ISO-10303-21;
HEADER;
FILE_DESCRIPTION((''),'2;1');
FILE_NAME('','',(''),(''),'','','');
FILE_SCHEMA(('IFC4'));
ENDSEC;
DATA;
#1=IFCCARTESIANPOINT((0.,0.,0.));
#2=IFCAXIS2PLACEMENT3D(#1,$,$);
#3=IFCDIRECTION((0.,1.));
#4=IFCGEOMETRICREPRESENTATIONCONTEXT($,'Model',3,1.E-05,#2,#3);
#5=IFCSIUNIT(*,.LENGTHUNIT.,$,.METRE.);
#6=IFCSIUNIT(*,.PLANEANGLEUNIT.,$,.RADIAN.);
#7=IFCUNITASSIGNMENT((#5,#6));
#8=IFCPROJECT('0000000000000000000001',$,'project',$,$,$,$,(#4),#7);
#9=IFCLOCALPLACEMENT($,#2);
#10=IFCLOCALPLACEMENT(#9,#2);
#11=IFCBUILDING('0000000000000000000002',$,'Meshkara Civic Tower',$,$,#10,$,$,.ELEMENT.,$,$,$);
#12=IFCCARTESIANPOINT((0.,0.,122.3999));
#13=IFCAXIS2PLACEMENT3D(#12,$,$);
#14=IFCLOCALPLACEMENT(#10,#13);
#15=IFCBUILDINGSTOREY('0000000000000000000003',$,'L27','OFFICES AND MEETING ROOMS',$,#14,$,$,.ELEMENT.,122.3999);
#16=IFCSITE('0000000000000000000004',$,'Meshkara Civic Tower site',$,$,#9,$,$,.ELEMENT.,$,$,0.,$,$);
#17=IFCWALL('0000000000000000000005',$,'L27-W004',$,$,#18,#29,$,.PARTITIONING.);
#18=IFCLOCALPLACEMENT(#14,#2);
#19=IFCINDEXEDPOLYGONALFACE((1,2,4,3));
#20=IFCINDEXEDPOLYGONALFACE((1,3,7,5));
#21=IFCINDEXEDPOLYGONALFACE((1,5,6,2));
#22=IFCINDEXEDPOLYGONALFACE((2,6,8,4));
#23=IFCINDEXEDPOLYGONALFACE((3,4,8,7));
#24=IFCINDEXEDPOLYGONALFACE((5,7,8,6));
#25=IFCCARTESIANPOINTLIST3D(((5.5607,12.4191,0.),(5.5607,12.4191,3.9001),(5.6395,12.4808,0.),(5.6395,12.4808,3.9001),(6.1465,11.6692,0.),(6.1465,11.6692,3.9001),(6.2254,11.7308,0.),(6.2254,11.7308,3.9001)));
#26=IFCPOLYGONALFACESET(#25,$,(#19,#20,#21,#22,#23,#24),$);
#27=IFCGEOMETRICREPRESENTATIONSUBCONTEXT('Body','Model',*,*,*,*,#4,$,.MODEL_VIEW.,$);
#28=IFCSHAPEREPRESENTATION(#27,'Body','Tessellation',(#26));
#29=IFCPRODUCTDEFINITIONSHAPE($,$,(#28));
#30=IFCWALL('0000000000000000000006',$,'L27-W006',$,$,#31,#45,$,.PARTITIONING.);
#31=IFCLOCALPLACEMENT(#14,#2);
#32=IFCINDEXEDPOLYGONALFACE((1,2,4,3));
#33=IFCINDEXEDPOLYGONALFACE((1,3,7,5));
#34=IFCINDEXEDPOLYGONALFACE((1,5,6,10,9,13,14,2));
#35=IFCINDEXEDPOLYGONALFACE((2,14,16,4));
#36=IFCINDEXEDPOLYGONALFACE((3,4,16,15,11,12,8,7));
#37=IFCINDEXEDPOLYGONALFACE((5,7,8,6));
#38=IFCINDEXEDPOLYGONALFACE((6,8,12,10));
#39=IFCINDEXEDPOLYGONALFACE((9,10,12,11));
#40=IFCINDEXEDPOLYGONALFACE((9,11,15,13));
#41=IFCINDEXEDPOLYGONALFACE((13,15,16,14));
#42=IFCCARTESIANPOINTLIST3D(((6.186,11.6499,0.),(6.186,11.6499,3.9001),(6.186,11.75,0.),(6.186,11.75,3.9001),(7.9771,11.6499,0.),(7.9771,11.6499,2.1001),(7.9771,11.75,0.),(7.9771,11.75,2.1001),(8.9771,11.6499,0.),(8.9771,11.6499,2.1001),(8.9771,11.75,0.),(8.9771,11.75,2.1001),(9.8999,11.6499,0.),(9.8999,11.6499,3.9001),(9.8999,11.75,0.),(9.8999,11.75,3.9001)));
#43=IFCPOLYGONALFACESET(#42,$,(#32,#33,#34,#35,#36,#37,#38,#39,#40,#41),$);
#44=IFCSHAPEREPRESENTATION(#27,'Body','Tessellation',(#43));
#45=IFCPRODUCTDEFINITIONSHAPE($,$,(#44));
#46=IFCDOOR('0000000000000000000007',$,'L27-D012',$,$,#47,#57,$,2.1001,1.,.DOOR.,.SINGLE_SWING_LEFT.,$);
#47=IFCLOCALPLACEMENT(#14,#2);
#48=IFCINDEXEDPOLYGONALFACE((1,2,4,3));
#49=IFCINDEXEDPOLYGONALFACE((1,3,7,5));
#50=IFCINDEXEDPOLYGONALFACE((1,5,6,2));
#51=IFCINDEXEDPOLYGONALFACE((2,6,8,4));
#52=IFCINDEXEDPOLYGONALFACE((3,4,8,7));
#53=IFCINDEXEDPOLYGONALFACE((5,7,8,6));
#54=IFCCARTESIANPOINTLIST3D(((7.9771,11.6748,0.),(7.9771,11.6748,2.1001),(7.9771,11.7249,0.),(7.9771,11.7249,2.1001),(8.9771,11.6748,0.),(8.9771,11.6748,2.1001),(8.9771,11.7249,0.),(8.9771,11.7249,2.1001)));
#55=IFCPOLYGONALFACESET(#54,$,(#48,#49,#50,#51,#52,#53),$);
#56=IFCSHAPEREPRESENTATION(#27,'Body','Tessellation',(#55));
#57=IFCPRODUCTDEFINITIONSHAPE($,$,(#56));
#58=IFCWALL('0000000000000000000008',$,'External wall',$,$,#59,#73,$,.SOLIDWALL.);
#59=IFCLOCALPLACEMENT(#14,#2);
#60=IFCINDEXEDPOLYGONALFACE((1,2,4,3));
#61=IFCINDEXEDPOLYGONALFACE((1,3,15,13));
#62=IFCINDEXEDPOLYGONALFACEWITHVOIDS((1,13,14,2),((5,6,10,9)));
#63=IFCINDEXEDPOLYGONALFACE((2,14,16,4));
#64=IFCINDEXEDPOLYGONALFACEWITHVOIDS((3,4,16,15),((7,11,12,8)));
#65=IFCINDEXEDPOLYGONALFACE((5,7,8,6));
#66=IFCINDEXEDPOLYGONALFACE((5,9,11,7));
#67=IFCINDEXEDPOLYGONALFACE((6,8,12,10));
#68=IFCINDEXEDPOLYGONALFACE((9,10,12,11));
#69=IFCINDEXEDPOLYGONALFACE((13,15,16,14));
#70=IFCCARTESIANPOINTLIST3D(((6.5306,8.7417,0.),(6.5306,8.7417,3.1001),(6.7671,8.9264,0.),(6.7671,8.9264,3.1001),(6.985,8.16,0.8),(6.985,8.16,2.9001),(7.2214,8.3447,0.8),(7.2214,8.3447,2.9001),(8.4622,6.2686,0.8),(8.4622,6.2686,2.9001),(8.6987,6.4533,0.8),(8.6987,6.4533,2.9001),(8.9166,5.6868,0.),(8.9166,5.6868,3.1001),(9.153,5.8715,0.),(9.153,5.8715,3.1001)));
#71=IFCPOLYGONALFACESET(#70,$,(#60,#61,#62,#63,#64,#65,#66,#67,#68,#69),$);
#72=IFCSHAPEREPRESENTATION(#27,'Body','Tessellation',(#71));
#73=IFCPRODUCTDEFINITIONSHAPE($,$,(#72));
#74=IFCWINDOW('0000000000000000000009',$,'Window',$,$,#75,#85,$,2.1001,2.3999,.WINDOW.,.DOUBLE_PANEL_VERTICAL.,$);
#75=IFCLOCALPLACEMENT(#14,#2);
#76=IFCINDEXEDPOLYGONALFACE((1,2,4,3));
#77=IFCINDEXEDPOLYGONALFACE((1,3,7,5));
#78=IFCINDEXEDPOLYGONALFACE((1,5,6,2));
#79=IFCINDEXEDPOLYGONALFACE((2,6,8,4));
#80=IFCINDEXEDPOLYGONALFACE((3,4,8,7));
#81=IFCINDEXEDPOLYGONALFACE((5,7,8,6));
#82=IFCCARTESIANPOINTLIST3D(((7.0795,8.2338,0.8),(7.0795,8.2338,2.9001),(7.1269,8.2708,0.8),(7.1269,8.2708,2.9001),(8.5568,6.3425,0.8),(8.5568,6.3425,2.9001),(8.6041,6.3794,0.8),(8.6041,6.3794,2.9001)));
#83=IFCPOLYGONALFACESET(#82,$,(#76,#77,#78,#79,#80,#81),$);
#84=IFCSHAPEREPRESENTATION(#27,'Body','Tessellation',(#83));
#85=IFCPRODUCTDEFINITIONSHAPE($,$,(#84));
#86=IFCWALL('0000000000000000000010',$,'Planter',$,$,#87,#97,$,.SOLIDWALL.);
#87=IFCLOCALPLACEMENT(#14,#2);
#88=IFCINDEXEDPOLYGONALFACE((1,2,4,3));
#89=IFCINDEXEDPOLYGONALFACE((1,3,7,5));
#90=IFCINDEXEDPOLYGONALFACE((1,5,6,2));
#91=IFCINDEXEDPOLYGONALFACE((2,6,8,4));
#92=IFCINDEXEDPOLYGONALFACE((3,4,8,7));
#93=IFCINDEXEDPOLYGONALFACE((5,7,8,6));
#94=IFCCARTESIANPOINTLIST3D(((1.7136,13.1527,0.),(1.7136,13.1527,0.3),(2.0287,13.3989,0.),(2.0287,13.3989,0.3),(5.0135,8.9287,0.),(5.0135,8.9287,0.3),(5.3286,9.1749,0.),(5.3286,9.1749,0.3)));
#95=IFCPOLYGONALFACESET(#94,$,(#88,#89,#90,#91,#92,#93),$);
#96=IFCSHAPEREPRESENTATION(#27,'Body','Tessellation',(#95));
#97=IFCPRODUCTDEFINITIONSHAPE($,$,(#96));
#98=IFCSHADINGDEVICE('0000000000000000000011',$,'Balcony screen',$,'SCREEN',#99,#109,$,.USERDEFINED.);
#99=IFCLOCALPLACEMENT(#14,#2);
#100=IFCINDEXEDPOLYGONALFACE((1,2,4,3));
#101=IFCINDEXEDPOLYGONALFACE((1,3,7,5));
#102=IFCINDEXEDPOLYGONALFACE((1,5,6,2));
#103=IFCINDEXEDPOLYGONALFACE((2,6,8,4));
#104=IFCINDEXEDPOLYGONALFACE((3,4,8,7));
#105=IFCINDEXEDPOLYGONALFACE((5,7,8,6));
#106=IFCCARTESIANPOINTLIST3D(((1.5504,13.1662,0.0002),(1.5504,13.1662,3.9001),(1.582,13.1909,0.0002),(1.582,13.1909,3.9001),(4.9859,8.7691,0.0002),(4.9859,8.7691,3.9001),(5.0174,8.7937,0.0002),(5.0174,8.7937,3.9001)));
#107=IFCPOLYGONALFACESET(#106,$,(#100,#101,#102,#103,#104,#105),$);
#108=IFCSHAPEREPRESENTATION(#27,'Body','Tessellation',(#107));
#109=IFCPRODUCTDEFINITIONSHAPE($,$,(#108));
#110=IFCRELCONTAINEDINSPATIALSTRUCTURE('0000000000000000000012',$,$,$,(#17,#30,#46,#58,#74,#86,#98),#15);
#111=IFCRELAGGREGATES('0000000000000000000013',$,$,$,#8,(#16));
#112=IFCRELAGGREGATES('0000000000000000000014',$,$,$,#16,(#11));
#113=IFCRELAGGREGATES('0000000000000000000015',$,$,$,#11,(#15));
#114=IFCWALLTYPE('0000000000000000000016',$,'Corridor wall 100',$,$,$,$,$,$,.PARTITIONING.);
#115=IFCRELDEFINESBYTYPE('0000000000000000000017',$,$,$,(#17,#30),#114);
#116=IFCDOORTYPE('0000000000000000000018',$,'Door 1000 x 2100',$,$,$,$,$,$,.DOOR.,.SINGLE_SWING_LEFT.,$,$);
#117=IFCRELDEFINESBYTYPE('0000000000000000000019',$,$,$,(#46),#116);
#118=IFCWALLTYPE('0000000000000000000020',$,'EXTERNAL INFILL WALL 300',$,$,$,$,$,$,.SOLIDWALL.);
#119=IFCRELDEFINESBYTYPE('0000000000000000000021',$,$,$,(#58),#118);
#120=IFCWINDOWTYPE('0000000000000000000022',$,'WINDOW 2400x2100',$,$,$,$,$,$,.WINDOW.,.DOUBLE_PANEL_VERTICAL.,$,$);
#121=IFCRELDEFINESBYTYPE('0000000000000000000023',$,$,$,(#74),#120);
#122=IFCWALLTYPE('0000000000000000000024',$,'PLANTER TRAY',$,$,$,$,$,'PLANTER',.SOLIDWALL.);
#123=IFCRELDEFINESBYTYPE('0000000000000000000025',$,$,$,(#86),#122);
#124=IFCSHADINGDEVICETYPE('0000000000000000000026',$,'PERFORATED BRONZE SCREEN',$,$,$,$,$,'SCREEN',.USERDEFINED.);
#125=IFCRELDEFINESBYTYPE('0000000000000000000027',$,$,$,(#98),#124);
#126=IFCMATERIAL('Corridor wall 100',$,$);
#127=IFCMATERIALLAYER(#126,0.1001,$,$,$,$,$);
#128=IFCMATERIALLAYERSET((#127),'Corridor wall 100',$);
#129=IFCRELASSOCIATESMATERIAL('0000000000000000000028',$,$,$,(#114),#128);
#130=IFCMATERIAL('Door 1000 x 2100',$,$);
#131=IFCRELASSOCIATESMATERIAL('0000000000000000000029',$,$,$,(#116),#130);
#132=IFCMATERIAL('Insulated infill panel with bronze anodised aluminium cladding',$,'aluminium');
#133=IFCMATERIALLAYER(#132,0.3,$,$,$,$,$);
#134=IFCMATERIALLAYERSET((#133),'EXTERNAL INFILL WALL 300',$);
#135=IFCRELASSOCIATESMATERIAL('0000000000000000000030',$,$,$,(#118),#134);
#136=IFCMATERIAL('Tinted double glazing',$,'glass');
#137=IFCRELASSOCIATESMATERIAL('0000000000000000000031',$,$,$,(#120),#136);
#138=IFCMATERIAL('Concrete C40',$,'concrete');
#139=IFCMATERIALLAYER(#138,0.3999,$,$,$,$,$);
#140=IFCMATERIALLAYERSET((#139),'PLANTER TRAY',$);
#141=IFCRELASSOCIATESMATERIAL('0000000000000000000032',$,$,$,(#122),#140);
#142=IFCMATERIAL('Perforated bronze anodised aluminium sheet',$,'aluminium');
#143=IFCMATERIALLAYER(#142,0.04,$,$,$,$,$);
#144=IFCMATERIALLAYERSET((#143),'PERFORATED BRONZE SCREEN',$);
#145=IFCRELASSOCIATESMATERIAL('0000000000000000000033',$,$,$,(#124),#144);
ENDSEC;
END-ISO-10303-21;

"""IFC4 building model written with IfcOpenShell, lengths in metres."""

from ifc_helpers import new_model, si_unit, direction, frame, frame_2d, origin, origin_2d, place, context, subcontext, project, spatial, rectangle, extrude, material, layer, layer_set, type_object, element, fill, save


model = new_model("IFC4")

# Units and contexts
model_context = context("Model", 3, precision=1e-05, world=origin(), true_north=direction((0.0, 1.0)))
body_context = subcontext(model_context, "Body", "Model", "MODEL_VIEW")
ifc_project = project(units=[si_unit("LENGTHUNIT", "METRE"), si_unit("PLANEANGLEUNIT", "RADIAN")], contexts=[model_context])

# Site, building, storey
site_placement = place(None, origin())
site = spatial("IfcSite", under=ifc_project, at=site_placement, Name="Meshkara Civic Tower site", CompositionType="ELEMENT", RefElevation=0.0)
building_placement = place(site_placement, origin())
building = spatial("IfcBuilding", under=site, at=building_placement, Name="Meshkara Civic Tower", CompositionType="ELEMENT")
storey_placement = place(building_placement, frame((0.0, 0.0, 122.3999)))
storey = spatial("IfcBuildingStorey", under=building, at=storey_placement, Name="L27", Description="OFFICES AND MEETING ROOMS", CompositionType="ELEMENT", Elevation=122.3999)

# Shared definitions
ifc_material_1 = material(Name="Corridor wall 100")
ifc_layer_1 = layer(ifc_material_1, 0.1001)
ifc_layer_set_1 = layer_set([ifc_layer_1], Name="Corridor wall 100")
wall_type_1 = type_object("IfcWallType", Name="Corridor wall 100", PredefinedType="PARTITIONING", material=ifc_layer_set_1)
ifc_material_2 = material(Name="Door 1000 x 2100")
door_type = type_object("IfcDoorType", Name="Door 1000 x 2100", OperationType="SINGLE_SWING_LEFT", PredefinedType="DOOR", material=ifc_material_2)

# Wall
wall_1_placement = place(storey_placement, frame((5.6001, 12.45, 0.0), z_axis=(0.0, 0.0, 1.0), x_axis=(0.615644, -0.788024, 0.0)))
element("IfcWall", 1, at=wall_1_placement, inside=storey, type_object=wall_type_1, Name="L27-W004", PredefinedType="PARTITIONING", context=body_context, shape_type="SweptSolid", body=[
    extrude(rectangle(XDim=0.9517, YDim=0.1001, at=frame_2d((0.4758, 0.0))), origin(), (0.0, 0.0, 1.0), 3.9001),
])

# Wall, opening, door
wall_2_placement = place(storey_placement, frame((6.186, 11.7, 0.0), z_axis=(0.0, 0.0, 1.0), x_axis=(1.0, 0.0, 0.0)))
wall_2 = element("IfcWall", 2, at=wall_2_placement, inside=storey, type_object=wall_type_1, Name="L27-W006", PredefinedType="PARTITIONING", context=body_context, shape_type="SweptSolid", body=[
    extrude(rectangle(XDim=3.7139, YDim=0.1001, at=frame_2d((1.8569, 0.0))), origin(), (0.0, 0.0, 1.0), 3.9001),
])
opening_1_placement = place(wall_2_placement, frame((1.791, 0.0, 0.0)))
opening_1 = element("IfcOpeningElement", 3, at=opening_1_placement, cuts=wall_2, PredefinedType="OPENING", context=body_context, shape_type="SweptSolid", body=[
    extrude(rectangle(XDim=1.0, YDim=2.1001, at=frame_2d((0.5, 1.05))), frame((0.0, 0.0601, 0.0), z_axis=(0.0, -1.0, 0.0), x_axis=(1.0, 0.0, 0.0)), (0.0, 0.0, 1.0), 0.1201),
])
door_1_placement = place(opening_1_placement, origin())
door_1 = element("IfcDoor", 4, at=door_1_placement, inside=storey, type_object=door_type, Name="L27-D012", OperationType="SINGLE_SWING_LEFT", OverallHeight=2.1001, OverallWidth=1.0, PredefinedType="DOOR", context=body_context, shape_type="SweptSolid", body=[
    extrude(rectangle(XDim=1.0, YDim=2.1001, at=frame_2d((0.5, 1.05))), frame((0.0, 0.0249, 0.0), z_axis=(0.0, -1.0, 0.0), x_axis=(1.0, 0.0, 0.0)), (0.0, 0.0, 1.0), 0.05),
])
fill(opening_1, door_1)

# Wall, opening, window
ifc_material_3 = material(Name="Insulated infill panel with bronze anodised aluminium cladding", Category="aluminium")
ifc_layer_2 = layer(ifc_material_3, 0.3)
ifc_layer_set_2 = layer_set([ifc_layer_2], Name="EXTERNAL INFILL WALL 300")
wall_type_2 = type_object("IfcWallType", Name="EXTERNAL INFILL WALL 300", PredefinedType="SOLIDWALL", material=ifc_layer_set_2)
wall_3_placement = place(storey_placement, frame((6.6489, 8.834, 0.0), z_axis=(0.0, 0.0, 1.0), x_axis=(0.615535, -0.788109, 0.0)))
wall_3 = element("IfcWall", 5, at=wall_3_placement, inside=storey, type_object=wall_type_2, Name="External wall", PredefinedType="SOLIDWALL", context=body_context, shape_type="SweptSolid", body=[
    extrude(rectangle(XDim=3.8762, YDim=0.3, at=frame_2d((1.938, 0.0))), origin(), (0.0, 0.0, 1.0), 3.1001),
])
opening_2_placement = place(wall_3_placement, frame((0.738, 0.0, 0.8)))
opening_2 = element("IfcOpeningElement", 6, at=opening_2_placement, cuts=wall_3, PredefinedType="OPENING", context=body_context, shape_type="SweptSolid", body=[
    extrude(rectangle(XDim=2.3999, YDim=2.1001, at=frame_2d((1.2, 1.05))), frame((0.0, 0.1599, 0.0), z_axis=(0.0, -1.0, 0.0), x_axis=(1.0, 0.0, 0.0)), (0.0, 0.0, 1.0), 0.3201),
])
ifc_material_4 = material(Name="Tinted double glazing", Category="glass")
window_type = type_object("IfcWindowType", Name="WINDOW 2400x2100", PartitioningType="DOUBLE_PANEL_VERTICAL", PredefinedType="WINDOW", material=ifc_material_4)
window_placement = place(opening_2_placement, origin())
window = element("IfcWindow", 7, at=window_placement, inside=storey, type_object=window_type, Name="Window", OverallHeight=2.1001, OverallWidth=2.3999, PartitioningType="DOUBLE_PANEL_VERTICAL", PredefinedType="WINDOW", context=body_context, shape_type="SweptSolid", body=[
    extrude(rectangle(XDim=2.3999, YDim=2.1001, at=frame_2d((1.2, 1.05))), frame((0.0, 0.03, 0.0), z_axis=(0.0, -1.0, 0.0), x_axis=(1.0, 0.0, 0.0)), (0.0, 0.0, 1.0), 0.0601),
])
fill(opening_2, window)

# Wall
ifc_material_5 = material(Name="Concrete C40", Category="concrete")
ifc_layer_3 = layer(ifc_material_5, 0.3999)
ifc_layer_set_3 = layer_set([ifc_layer_3], Name="PLANTER TRAY")
wall_type_3 = type_object("IfcWallType", Name="PLANTER TRAY", ElementType="PLANTER", PredefinedType="SOLIDWALL", material=ifc_layer_set_3)
wall_4_placement = place(storey_placement, frame((1.8711, 13.2759, 0.0), z_axis=(0.0, 0.0, 1.0), x_axis=(0.615633, -0.788033, 0.0)))
element("IfcWall", 8, at=wall_4_placement, inside=storey, type_object=wall_type_3, Name="Planter", PredefinedType="SOLIDWALL", context=body_context, shape_type="SweptSolid", body=[
    extrude(rectangle(XDim=5.3601, YDim=0.3999, at=frame_2d((2.6802, 0.0))), origin(), (0.0, 0.0, 1.0), 0.3),
])

# Shading device
ifc_material_6 = material(Name="Perforated bronze anodised aluminium sheet", Category="aluminium")
ifc_layer_4 = layer(ifc_material_6, 0.04)
ifc_layer_set_4 = layer_set([ifc_layer_4], Name="PERFORATED BRONZE SCREEN")
shading_device_type = type_object("IfcShadingDeviceType", Name="PERFORATED BRONZE SCREEN", ElementType="SCREEN", PredefinedType="USERDEFINED", material=ifc_layer_set_4)
shading_device_placement = place(storey_placement, frame((3.2839, 10.98, 0.0002), z_axis=(0.0, 0.0, 1.0), x_axis=(0.615661, -0.788011, 0.0)))
element("IfcShadingDevice", 9, at=shading_device_placement, inside=storey, type_object=shading_device_type, Name="Balcony screen", ObjectType="SCREEN", PredefinedType="USERDEFINED", context=body_context, shape_type="SweptSolid", body=[
    extrude(rectangle(XDim=5.5801, YDim=0.04, at=origin_2d()), origin(), (0.0, 0.0, 1.0), 3.8999),
])

save(model, "model.ifc")
